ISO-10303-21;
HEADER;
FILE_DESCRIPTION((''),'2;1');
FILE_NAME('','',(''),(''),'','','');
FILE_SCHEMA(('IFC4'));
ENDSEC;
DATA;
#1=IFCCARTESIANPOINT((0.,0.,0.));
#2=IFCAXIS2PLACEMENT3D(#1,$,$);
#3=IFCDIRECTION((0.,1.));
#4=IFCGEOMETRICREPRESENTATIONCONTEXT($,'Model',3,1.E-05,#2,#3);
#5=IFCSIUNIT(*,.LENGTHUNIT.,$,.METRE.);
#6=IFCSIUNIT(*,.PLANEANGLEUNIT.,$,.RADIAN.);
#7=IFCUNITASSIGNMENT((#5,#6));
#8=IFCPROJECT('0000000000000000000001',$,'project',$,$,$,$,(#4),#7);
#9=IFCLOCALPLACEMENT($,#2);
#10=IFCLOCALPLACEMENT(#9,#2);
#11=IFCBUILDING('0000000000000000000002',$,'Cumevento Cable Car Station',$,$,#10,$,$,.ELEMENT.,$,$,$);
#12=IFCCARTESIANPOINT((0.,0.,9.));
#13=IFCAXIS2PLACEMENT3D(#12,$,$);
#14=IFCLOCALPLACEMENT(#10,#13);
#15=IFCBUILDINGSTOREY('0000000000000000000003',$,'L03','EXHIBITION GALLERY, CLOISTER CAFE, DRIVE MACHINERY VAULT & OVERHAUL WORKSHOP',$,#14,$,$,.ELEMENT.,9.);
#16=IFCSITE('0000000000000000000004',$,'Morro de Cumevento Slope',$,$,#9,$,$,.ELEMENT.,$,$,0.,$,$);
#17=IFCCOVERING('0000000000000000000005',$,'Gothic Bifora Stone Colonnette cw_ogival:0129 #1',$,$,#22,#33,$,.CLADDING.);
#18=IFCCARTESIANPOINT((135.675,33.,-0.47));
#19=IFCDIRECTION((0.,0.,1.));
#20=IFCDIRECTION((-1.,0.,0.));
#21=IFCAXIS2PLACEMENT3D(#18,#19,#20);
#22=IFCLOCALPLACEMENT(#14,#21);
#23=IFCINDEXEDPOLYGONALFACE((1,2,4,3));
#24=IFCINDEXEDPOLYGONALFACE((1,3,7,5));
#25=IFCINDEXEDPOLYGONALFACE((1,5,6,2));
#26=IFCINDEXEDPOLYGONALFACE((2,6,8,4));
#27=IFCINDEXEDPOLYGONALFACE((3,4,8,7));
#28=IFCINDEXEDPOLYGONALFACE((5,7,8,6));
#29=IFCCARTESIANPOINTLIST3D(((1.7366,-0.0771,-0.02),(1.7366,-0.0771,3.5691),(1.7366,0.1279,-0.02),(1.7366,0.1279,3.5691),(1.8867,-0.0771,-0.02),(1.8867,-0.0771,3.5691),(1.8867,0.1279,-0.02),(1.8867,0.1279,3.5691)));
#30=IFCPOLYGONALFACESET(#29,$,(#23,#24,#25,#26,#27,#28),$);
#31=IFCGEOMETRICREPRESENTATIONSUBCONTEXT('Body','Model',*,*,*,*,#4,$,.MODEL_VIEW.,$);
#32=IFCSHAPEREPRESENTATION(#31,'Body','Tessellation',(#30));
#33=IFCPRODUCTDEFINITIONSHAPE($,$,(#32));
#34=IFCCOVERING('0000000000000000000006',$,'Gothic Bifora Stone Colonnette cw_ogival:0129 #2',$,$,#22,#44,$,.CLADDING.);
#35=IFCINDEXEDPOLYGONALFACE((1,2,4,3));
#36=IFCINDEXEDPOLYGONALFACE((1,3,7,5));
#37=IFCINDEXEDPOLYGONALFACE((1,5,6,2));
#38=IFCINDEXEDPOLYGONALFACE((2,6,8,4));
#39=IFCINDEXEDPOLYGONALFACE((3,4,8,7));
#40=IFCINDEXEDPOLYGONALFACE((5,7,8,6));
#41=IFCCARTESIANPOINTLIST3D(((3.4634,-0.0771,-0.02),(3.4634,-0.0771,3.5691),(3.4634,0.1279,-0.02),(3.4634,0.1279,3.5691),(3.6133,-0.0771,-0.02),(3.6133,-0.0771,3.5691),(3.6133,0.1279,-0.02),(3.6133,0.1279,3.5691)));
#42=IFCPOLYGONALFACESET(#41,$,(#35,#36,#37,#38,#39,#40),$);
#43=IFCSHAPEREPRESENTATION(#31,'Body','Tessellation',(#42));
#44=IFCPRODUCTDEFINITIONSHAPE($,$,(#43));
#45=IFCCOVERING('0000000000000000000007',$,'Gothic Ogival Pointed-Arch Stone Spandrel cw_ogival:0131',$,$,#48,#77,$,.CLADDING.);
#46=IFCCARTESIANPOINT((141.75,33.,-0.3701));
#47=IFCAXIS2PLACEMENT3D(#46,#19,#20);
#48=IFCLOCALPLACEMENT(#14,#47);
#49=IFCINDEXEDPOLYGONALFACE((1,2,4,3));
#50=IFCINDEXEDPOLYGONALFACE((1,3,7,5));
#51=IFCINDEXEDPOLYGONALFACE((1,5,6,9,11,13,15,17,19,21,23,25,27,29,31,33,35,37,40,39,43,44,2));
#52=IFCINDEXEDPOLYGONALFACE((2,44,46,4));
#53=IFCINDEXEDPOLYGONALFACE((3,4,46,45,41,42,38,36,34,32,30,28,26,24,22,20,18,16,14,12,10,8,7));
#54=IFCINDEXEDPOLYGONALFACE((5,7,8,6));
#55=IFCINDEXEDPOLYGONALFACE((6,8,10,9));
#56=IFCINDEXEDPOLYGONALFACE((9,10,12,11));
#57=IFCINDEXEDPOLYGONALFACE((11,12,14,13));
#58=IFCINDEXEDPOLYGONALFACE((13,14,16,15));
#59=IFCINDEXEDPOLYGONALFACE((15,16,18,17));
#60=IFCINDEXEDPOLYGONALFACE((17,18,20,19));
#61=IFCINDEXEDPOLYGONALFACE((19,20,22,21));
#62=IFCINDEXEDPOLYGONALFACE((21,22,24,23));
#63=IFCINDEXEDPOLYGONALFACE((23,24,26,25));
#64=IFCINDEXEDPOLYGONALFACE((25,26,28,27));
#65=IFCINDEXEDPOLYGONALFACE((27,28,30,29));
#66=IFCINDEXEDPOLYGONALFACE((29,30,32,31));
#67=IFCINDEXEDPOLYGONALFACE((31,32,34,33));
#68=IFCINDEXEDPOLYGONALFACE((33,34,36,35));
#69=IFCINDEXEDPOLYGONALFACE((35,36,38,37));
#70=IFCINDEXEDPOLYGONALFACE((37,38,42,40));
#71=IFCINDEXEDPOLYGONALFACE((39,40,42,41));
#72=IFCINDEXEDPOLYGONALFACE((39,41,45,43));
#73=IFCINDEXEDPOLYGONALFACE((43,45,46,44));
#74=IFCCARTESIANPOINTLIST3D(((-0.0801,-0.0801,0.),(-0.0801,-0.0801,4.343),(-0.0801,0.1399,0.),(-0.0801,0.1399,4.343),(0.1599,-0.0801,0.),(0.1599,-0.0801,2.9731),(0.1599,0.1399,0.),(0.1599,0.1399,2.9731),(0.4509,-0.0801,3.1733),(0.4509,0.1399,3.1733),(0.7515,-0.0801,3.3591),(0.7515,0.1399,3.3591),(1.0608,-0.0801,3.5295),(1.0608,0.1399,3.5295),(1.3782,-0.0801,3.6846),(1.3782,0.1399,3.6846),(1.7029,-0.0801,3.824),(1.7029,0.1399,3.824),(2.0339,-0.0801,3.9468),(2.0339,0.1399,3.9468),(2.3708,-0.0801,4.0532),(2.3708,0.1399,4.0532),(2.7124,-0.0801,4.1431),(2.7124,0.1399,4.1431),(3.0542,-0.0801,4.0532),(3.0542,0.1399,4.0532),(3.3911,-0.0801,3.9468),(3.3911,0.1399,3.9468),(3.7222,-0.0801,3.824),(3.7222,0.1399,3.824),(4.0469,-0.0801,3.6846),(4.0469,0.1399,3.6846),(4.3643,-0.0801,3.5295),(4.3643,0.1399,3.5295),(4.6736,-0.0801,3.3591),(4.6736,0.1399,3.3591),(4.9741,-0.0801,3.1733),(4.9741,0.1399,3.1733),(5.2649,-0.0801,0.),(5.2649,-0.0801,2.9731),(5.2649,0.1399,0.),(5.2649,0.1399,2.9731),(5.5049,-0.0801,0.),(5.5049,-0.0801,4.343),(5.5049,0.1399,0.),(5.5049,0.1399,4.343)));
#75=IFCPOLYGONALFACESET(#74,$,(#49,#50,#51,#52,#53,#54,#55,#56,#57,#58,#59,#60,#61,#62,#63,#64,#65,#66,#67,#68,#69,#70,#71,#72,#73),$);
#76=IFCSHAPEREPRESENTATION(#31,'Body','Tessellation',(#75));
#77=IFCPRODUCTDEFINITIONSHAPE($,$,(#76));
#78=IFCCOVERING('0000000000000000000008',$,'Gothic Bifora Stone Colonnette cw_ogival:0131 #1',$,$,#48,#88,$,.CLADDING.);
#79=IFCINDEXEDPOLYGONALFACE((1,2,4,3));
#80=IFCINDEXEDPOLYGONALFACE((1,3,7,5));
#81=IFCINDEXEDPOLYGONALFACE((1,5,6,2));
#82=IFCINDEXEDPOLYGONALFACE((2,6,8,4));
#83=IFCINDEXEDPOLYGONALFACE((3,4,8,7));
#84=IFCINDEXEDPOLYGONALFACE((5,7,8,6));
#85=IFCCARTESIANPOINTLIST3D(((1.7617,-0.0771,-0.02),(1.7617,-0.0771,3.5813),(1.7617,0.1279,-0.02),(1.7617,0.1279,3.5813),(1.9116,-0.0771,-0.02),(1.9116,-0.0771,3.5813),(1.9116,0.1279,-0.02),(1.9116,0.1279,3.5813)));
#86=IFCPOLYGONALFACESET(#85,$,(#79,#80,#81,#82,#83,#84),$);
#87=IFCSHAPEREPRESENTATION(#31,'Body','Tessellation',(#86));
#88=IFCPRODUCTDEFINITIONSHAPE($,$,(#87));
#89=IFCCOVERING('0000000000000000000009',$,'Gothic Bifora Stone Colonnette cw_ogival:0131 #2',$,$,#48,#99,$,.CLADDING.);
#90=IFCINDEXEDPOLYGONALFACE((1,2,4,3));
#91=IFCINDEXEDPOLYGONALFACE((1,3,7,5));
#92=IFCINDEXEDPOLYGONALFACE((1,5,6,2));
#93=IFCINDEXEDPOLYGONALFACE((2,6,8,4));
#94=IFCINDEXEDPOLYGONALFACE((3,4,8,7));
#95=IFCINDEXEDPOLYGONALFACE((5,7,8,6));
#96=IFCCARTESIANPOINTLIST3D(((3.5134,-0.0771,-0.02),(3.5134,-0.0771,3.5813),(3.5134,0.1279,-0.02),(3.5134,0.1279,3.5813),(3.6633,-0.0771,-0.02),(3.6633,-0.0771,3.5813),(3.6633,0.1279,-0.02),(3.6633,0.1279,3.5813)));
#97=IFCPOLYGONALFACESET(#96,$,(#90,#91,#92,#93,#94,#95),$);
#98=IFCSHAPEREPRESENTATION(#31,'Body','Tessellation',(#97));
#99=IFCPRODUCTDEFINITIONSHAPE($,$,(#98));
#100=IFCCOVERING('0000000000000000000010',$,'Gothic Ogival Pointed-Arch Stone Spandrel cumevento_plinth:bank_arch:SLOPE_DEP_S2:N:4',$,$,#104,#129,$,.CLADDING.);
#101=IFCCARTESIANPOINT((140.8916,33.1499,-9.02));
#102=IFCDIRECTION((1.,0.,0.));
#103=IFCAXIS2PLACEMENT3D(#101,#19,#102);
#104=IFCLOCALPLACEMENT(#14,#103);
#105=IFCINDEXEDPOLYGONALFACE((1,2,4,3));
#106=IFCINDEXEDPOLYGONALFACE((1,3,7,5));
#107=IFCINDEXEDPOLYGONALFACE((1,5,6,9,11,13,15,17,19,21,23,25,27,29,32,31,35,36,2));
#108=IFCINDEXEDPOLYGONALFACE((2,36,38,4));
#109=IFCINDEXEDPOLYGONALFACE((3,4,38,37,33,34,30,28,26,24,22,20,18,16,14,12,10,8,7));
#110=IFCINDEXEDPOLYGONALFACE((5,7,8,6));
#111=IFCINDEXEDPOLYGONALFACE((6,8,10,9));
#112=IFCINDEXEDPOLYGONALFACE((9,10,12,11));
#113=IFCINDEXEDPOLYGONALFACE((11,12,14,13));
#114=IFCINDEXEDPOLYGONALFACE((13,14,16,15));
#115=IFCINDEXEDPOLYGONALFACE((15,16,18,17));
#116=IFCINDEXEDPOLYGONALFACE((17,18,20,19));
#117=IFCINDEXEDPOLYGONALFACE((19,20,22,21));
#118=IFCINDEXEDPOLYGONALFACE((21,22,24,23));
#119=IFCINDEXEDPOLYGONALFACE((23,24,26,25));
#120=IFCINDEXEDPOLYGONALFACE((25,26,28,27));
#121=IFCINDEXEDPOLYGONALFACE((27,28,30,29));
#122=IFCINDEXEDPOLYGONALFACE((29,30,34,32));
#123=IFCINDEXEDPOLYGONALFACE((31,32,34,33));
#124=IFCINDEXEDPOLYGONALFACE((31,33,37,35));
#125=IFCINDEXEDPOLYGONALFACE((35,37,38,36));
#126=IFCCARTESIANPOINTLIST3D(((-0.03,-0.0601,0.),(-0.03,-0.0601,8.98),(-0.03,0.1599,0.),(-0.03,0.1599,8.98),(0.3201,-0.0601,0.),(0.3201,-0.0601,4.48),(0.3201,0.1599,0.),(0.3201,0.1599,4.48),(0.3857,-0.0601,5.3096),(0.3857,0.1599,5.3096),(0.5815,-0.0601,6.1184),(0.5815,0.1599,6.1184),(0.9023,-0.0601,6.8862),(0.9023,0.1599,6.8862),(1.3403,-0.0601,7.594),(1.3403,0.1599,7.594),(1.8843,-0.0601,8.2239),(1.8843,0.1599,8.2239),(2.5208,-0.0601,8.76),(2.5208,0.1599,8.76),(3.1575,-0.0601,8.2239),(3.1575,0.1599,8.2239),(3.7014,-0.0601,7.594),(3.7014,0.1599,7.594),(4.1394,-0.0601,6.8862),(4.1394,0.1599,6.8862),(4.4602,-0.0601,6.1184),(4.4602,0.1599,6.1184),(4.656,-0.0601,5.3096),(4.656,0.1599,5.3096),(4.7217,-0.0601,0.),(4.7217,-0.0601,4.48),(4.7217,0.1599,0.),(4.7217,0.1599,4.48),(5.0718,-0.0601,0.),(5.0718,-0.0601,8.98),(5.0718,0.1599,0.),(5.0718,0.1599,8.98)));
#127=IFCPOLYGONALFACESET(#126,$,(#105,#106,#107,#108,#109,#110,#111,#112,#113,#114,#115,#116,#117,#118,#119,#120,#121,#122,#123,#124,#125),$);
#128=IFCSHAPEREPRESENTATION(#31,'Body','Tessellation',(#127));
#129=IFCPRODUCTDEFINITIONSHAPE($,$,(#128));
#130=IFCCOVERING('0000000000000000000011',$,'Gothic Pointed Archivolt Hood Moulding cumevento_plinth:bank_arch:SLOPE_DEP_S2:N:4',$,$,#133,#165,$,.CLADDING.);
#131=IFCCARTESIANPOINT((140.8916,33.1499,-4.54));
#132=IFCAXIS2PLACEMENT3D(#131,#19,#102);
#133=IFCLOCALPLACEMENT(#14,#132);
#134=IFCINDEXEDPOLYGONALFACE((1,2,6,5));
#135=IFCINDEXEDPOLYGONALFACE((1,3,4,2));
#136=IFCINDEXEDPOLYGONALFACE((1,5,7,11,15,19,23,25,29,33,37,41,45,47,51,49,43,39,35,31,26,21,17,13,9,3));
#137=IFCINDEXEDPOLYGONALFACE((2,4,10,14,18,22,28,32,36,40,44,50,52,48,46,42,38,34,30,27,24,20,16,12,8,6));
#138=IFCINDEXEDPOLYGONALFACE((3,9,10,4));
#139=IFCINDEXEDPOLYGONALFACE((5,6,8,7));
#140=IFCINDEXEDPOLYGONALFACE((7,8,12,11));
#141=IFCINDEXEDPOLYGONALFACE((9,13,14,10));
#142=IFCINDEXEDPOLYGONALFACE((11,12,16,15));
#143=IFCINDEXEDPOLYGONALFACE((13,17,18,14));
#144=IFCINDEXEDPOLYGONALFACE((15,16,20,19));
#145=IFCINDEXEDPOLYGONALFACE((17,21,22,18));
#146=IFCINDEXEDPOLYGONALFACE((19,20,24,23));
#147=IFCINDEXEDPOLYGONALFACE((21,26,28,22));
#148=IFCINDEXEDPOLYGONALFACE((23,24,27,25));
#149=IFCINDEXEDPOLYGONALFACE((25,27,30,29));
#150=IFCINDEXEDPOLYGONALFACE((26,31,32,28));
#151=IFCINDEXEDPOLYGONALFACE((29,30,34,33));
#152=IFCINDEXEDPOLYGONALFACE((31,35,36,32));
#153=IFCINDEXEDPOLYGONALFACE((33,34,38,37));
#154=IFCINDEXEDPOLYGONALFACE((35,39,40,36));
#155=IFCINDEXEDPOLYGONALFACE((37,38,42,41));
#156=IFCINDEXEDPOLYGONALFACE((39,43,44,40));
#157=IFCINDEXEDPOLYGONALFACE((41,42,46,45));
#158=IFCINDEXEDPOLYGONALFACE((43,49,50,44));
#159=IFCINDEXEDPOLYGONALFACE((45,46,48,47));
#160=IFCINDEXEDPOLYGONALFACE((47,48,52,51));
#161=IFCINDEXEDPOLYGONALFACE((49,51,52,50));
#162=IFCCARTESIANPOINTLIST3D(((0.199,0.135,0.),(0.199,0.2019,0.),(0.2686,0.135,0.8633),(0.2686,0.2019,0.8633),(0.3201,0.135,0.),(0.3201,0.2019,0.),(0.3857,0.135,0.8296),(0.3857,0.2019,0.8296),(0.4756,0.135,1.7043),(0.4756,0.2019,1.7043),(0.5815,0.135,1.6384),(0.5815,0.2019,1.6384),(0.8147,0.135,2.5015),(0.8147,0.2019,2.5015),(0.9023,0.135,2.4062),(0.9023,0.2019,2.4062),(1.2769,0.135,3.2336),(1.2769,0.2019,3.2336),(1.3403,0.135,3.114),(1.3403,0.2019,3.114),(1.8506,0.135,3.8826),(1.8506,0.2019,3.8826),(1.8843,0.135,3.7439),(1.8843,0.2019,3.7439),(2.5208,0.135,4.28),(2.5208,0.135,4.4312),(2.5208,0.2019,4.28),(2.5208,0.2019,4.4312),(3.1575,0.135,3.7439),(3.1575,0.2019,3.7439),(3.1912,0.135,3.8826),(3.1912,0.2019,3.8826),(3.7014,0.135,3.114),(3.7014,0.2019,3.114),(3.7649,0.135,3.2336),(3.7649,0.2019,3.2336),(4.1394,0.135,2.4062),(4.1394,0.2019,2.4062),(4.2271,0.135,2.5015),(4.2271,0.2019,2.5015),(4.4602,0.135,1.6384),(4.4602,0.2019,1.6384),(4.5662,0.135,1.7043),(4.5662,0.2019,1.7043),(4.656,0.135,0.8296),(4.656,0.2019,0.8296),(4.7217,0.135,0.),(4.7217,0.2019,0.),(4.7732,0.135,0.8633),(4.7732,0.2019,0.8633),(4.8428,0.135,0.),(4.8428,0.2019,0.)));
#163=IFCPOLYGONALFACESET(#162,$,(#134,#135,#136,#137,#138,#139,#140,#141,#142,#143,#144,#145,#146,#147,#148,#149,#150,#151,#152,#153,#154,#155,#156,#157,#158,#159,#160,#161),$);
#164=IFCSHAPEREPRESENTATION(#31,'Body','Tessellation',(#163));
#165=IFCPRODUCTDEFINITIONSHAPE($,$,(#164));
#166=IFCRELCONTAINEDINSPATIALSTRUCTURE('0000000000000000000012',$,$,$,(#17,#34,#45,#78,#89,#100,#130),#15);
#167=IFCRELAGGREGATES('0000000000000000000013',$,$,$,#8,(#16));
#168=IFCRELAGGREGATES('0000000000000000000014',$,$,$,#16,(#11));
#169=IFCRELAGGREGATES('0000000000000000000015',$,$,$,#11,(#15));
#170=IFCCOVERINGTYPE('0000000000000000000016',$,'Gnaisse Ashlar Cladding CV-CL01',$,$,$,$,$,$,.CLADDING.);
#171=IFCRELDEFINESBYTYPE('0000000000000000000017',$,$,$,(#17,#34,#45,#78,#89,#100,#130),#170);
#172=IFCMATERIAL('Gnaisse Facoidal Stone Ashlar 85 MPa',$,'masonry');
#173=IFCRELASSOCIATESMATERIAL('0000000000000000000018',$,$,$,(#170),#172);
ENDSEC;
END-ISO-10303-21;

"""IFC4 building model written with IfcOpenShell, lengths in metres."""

from ifc_helpers import new_model, si_unit, direction, frame, origin, place, context, subcontext, project, spatial, polyline, outline, extrude, material, type_object, element, save


model = new_model("IFC4")

# Units and contexts
model_context = context("Model", 3, precision=1e-05, world=origin(), true_north=direction((0.0, 1.0)))
body_context = subcontext(model_context, "Body", "Model", "MODEL_VIEW")
ifc_project = project(units=[si_unit("LENGTHUNIT", "METRE"), si_unit("PLANEANGLEUNIT", "RADIAN")], contexts=[model_context])

# Site, building, storey
site_placement = place(None, origin())
site = spatial("IfcSite", under=ifc_project, at=site_placement, Name="Morro de Cumevento Slope", CompositionType="ELEMENT", RefElevation=0.0)
building_placement = place(site_placement, origin())
building = spatial("IfcBuilding", under=site, at=building_placement, Name="Cumevento Cable Car Station", CompositionType="ELEMENT")
storey_placement = place(building_placement, frame((0.0, 0.0, 9.0)))
storey = spatial("IfcBuildingStorey", under=building, at=storey_placement, Name="L03", Description="EXHIBITION GALLERY, CLOISTER CAFE, DRIVE MACHINERY VAULT & OVERHAUL WORKSHOP", CompositionType="ELEMENT", Elevation=9.0)

# Coverings
ifc_material_1 = material(Name="Gnaisse Facoidal Stone Ashlar 85 MPa", Category="masonry")
covering_type = type_object("IfcCoveringType", Name="Gnaisse Ashlar Cladding CV-CL01", PredefinedType="CLADDING", material=ifc_material_1)
placement_1 = place(storey_placement, frame((135.675, 33.0, -0.47), z_axis=(0.0, 0.0, 1.0), x_axis=(-1.0, 0.0, 0.0)))
element("IfcCovering", 1, at=placement_1, inside=storey, type_object=covering_type, Name="Gothic Bifora Stone Colonnette cw_ogival:0129 #1", PredefinedType="CLADDING", context=body_context, shape_type="SweptSolid", body=[
    extrude(outline(polyline([(1.7366, -0.02), (1.8867, -0.02), (1.8867, 3.5691), (1.7366, 3.5691), (1.7366, -0.02)])), frame((0.0, 0.1279, 0.0), z_axis=(0.0, -1.0, 0.0), x_axis=(1.0, 0.0, 0.0)), (0.0, 0.0, 1.0), 0.2051),
])
element("IfcCovering", 2, at=placement_1, inside=storey, type_object=covering_type, Name="Gothic Bifora Stone Colonnette cw_ogival:0129 #2", PredefinedType="CLADDING", context=body_context, shape_type="SweptSolid", body=[
    extrude(outline(polyline([(3.4634, -0.02), (3.6133, -0.02), (3.6133, 3.5691), (3.4634, 3.5691), (3.4634, -0.02)])), frame((0.0, 0.1279, 0.0), z_axis=(0.0, -1.0, 0.0), x_axis=(1.0, 0.0, 0.0)), (0.0, 0.0, 1.0), 0.2051),
])
placement_2 = place(storey_placement, frame((141.75, 33.0, -0.3701), z_axis=(0.0, 0.0, 1.0), x_axis=(-1.0, 0.0, 0.0)))
element("IfcCovering", 3, at=placement_2, inside=storey, type_object=covering_type, Name="Gothic Ogival Pointed-Arch Stone Spandrel cw_ogival:0131", PredefinedType="CLADDING", context=body_context, shape_type="SweptSolid", body=[
    extrude(outline(polyline([(-0.0801, 0.0), (-0.0801, 4.343), (5.5049, 4.343), (5.5049, 0.0), (5.2649, 0.0), (5.2649, 2.9731), (4.9741, 3.1733), (4.6736, 3.3591), (4.3643, 3.5295), (4.0469, 3.6846), (3.7222, 3.824), (3.3911, 3.9468), (3.0542, 4.0532), (2.7124, 4.1431), (2.3708, 4.0532), (2.0339, 3.9468), (1.7029, 3.824), (1.3782, 3.6846), (1.0608, 3.5295), (0.7515, 3.3591), (0.4509, 3.1733), (0.1599, 2.9731), (0.1599, 0.0), (-0.0801, 0.0)])), frame((0.0, 0.1399, 0.0), z_axis=(0.0, -1.0, 0.0), x_axis=(1.0, 0.0, 0.0)), (0.0, 0.0, 1.0), 0.22),
])
element("IfcCovering", 4, at=placement_2, inside=storey, type_object=covering_type, Name="Gothic Bifora Stone Colonnette cw_ogival:0131 #1", PredefinedType="CLADDING", context=body_context, shape_type="SweptSolid", body=[
    extrude(outline(polyline([(1.7617, -0.02), (1.9116, -0.02), (1.9116, 3.5813), (1.7617, 3.5813), (1.7617, -0.02)])), frame((0.0, 0.1279, 0.0), z_axis=(0.0, -1.0, 0.0), x_axis=(1.0, 0.0, 0.0)), (0.0, 0.0, 1.0), 0.2051),
])
element("IfcCovering", 5, at=placement_2, inside=storey, type_object=covering_type, Name="Gothic Bifora Stone Colonnette cw_ogival:0131 #2", PredefinedType="CLADDING", context=body_context, shape_type="SweptSolid", body=[
    extrude(outline(polyline([(3.5134, -0.02), (3.6633, -0.02), (3.6633, 3.5813), (3.5134, 3.5813), (3.5134, -0.02)])), frame((0.0, 0.1279, 0.0), z_axis=(0.0, -1.0, 0.0), x_axis=(1.0, 0.0, 0.0)), (0.0, 0.0, 1.0), 0.2051),
])
covering_1_placement = place(storey_placement, frame((140.8916, 33.1499, -9.02), z_axis=(0.0, 0.0, 1.0), x_axis=(1.0, 0.0, 0.0)))
element("IfcCovering", 6, at=covering_1_placement, inside=storey, type_object=covering_type, Name="Gothic Ogival Pointed-Arch Stone Spandrel cumevento_plinth:bank_arch:SLOPE_DEP_S2:N:4", PredefinedType="CLADDING", context=body_context, shape_type="SweptSolid", body=[
    extrude(outline(polyline([(-0.03, 0.0), (-0.03, 8.98), (5.0718, 8.98), (5.0718, 0.0), (4.7217, 0.0), (4.7217, 4.48), (4.656, 5.3096), (4.4602, 6.1184), (4.1394, 6.8862), (3.7014, 7.594), (3.1575, 8.2239), (2.5208, 8.76), (1.8843, 8.2239), (1.3403, 7.594), (0.9023, 6.8862), (0.5815, 6.1184), (0.3857, 5.3096), (0.3201, 4.48), (0.3201, 0.0), (-0.03, 0.0)])), frame((0.0, 0.1599, 0.0), z_axis=(0.0, -1.0, 0.0), x_axis=(1.0, 0.0, 0.0)), (0.0, 0.0, 1.0), 0.22),
])
covering_2_placement = place(storey_placement, frame((140.8916, 33.1499, -4.54), z_axis=(0.0, 0.0, 1.0), x_axis=(1.0, 0.0, 0.0)))
element("IfcCovering", 7, at=covering_2_placement, inside=storey, type_object=covering_type, Name="Gothic Pointed Archivolt Hood Moulding cumevento_plinth:bank_arch:SLOPE_DEP_S2:N:4", PredefinedType="CLADDING", context=body_context, shape_type="SweptSolid", body=[
    extrude(outline(polyline([(0.3201, 0.0), (0.3857, 0.8296), (0.5815, 1.6384), (0.9023, 2.4062), (1.3403, 3.114), (1.8843, 3.7439), (2.5208, 4.28), (3.1575, 3.7439), (3.7014, 3.114), (4.1394, 2.4062), (4.4602, 1.6384), (4.656, 0.8296), (4.7217, 0.0), (4.8428, 0.0), (4.7732, 0.8633), (4.5662, 1.7043), (4.2271, 2.5015), (3.7649, 3.2336), (3.1912, 3.8826), (2.5208, 4.4312), (1.8506, 3.8826), (1.2769, 3.2336), (0.8147, 2.5015), (0.4756, 1.7043), (0.2686, 0.8633), (0.199, 0.0), (0.3201, 0.0)])), frame((0.0, 0.2019, 0.0), z_axis=(0.0, -1.0, 0.0), x_axis=(1.0, 0.0, 0.0)), (0.0, 0.0, 1.0), 0.0669),
])

save(model, "model.ifc")
